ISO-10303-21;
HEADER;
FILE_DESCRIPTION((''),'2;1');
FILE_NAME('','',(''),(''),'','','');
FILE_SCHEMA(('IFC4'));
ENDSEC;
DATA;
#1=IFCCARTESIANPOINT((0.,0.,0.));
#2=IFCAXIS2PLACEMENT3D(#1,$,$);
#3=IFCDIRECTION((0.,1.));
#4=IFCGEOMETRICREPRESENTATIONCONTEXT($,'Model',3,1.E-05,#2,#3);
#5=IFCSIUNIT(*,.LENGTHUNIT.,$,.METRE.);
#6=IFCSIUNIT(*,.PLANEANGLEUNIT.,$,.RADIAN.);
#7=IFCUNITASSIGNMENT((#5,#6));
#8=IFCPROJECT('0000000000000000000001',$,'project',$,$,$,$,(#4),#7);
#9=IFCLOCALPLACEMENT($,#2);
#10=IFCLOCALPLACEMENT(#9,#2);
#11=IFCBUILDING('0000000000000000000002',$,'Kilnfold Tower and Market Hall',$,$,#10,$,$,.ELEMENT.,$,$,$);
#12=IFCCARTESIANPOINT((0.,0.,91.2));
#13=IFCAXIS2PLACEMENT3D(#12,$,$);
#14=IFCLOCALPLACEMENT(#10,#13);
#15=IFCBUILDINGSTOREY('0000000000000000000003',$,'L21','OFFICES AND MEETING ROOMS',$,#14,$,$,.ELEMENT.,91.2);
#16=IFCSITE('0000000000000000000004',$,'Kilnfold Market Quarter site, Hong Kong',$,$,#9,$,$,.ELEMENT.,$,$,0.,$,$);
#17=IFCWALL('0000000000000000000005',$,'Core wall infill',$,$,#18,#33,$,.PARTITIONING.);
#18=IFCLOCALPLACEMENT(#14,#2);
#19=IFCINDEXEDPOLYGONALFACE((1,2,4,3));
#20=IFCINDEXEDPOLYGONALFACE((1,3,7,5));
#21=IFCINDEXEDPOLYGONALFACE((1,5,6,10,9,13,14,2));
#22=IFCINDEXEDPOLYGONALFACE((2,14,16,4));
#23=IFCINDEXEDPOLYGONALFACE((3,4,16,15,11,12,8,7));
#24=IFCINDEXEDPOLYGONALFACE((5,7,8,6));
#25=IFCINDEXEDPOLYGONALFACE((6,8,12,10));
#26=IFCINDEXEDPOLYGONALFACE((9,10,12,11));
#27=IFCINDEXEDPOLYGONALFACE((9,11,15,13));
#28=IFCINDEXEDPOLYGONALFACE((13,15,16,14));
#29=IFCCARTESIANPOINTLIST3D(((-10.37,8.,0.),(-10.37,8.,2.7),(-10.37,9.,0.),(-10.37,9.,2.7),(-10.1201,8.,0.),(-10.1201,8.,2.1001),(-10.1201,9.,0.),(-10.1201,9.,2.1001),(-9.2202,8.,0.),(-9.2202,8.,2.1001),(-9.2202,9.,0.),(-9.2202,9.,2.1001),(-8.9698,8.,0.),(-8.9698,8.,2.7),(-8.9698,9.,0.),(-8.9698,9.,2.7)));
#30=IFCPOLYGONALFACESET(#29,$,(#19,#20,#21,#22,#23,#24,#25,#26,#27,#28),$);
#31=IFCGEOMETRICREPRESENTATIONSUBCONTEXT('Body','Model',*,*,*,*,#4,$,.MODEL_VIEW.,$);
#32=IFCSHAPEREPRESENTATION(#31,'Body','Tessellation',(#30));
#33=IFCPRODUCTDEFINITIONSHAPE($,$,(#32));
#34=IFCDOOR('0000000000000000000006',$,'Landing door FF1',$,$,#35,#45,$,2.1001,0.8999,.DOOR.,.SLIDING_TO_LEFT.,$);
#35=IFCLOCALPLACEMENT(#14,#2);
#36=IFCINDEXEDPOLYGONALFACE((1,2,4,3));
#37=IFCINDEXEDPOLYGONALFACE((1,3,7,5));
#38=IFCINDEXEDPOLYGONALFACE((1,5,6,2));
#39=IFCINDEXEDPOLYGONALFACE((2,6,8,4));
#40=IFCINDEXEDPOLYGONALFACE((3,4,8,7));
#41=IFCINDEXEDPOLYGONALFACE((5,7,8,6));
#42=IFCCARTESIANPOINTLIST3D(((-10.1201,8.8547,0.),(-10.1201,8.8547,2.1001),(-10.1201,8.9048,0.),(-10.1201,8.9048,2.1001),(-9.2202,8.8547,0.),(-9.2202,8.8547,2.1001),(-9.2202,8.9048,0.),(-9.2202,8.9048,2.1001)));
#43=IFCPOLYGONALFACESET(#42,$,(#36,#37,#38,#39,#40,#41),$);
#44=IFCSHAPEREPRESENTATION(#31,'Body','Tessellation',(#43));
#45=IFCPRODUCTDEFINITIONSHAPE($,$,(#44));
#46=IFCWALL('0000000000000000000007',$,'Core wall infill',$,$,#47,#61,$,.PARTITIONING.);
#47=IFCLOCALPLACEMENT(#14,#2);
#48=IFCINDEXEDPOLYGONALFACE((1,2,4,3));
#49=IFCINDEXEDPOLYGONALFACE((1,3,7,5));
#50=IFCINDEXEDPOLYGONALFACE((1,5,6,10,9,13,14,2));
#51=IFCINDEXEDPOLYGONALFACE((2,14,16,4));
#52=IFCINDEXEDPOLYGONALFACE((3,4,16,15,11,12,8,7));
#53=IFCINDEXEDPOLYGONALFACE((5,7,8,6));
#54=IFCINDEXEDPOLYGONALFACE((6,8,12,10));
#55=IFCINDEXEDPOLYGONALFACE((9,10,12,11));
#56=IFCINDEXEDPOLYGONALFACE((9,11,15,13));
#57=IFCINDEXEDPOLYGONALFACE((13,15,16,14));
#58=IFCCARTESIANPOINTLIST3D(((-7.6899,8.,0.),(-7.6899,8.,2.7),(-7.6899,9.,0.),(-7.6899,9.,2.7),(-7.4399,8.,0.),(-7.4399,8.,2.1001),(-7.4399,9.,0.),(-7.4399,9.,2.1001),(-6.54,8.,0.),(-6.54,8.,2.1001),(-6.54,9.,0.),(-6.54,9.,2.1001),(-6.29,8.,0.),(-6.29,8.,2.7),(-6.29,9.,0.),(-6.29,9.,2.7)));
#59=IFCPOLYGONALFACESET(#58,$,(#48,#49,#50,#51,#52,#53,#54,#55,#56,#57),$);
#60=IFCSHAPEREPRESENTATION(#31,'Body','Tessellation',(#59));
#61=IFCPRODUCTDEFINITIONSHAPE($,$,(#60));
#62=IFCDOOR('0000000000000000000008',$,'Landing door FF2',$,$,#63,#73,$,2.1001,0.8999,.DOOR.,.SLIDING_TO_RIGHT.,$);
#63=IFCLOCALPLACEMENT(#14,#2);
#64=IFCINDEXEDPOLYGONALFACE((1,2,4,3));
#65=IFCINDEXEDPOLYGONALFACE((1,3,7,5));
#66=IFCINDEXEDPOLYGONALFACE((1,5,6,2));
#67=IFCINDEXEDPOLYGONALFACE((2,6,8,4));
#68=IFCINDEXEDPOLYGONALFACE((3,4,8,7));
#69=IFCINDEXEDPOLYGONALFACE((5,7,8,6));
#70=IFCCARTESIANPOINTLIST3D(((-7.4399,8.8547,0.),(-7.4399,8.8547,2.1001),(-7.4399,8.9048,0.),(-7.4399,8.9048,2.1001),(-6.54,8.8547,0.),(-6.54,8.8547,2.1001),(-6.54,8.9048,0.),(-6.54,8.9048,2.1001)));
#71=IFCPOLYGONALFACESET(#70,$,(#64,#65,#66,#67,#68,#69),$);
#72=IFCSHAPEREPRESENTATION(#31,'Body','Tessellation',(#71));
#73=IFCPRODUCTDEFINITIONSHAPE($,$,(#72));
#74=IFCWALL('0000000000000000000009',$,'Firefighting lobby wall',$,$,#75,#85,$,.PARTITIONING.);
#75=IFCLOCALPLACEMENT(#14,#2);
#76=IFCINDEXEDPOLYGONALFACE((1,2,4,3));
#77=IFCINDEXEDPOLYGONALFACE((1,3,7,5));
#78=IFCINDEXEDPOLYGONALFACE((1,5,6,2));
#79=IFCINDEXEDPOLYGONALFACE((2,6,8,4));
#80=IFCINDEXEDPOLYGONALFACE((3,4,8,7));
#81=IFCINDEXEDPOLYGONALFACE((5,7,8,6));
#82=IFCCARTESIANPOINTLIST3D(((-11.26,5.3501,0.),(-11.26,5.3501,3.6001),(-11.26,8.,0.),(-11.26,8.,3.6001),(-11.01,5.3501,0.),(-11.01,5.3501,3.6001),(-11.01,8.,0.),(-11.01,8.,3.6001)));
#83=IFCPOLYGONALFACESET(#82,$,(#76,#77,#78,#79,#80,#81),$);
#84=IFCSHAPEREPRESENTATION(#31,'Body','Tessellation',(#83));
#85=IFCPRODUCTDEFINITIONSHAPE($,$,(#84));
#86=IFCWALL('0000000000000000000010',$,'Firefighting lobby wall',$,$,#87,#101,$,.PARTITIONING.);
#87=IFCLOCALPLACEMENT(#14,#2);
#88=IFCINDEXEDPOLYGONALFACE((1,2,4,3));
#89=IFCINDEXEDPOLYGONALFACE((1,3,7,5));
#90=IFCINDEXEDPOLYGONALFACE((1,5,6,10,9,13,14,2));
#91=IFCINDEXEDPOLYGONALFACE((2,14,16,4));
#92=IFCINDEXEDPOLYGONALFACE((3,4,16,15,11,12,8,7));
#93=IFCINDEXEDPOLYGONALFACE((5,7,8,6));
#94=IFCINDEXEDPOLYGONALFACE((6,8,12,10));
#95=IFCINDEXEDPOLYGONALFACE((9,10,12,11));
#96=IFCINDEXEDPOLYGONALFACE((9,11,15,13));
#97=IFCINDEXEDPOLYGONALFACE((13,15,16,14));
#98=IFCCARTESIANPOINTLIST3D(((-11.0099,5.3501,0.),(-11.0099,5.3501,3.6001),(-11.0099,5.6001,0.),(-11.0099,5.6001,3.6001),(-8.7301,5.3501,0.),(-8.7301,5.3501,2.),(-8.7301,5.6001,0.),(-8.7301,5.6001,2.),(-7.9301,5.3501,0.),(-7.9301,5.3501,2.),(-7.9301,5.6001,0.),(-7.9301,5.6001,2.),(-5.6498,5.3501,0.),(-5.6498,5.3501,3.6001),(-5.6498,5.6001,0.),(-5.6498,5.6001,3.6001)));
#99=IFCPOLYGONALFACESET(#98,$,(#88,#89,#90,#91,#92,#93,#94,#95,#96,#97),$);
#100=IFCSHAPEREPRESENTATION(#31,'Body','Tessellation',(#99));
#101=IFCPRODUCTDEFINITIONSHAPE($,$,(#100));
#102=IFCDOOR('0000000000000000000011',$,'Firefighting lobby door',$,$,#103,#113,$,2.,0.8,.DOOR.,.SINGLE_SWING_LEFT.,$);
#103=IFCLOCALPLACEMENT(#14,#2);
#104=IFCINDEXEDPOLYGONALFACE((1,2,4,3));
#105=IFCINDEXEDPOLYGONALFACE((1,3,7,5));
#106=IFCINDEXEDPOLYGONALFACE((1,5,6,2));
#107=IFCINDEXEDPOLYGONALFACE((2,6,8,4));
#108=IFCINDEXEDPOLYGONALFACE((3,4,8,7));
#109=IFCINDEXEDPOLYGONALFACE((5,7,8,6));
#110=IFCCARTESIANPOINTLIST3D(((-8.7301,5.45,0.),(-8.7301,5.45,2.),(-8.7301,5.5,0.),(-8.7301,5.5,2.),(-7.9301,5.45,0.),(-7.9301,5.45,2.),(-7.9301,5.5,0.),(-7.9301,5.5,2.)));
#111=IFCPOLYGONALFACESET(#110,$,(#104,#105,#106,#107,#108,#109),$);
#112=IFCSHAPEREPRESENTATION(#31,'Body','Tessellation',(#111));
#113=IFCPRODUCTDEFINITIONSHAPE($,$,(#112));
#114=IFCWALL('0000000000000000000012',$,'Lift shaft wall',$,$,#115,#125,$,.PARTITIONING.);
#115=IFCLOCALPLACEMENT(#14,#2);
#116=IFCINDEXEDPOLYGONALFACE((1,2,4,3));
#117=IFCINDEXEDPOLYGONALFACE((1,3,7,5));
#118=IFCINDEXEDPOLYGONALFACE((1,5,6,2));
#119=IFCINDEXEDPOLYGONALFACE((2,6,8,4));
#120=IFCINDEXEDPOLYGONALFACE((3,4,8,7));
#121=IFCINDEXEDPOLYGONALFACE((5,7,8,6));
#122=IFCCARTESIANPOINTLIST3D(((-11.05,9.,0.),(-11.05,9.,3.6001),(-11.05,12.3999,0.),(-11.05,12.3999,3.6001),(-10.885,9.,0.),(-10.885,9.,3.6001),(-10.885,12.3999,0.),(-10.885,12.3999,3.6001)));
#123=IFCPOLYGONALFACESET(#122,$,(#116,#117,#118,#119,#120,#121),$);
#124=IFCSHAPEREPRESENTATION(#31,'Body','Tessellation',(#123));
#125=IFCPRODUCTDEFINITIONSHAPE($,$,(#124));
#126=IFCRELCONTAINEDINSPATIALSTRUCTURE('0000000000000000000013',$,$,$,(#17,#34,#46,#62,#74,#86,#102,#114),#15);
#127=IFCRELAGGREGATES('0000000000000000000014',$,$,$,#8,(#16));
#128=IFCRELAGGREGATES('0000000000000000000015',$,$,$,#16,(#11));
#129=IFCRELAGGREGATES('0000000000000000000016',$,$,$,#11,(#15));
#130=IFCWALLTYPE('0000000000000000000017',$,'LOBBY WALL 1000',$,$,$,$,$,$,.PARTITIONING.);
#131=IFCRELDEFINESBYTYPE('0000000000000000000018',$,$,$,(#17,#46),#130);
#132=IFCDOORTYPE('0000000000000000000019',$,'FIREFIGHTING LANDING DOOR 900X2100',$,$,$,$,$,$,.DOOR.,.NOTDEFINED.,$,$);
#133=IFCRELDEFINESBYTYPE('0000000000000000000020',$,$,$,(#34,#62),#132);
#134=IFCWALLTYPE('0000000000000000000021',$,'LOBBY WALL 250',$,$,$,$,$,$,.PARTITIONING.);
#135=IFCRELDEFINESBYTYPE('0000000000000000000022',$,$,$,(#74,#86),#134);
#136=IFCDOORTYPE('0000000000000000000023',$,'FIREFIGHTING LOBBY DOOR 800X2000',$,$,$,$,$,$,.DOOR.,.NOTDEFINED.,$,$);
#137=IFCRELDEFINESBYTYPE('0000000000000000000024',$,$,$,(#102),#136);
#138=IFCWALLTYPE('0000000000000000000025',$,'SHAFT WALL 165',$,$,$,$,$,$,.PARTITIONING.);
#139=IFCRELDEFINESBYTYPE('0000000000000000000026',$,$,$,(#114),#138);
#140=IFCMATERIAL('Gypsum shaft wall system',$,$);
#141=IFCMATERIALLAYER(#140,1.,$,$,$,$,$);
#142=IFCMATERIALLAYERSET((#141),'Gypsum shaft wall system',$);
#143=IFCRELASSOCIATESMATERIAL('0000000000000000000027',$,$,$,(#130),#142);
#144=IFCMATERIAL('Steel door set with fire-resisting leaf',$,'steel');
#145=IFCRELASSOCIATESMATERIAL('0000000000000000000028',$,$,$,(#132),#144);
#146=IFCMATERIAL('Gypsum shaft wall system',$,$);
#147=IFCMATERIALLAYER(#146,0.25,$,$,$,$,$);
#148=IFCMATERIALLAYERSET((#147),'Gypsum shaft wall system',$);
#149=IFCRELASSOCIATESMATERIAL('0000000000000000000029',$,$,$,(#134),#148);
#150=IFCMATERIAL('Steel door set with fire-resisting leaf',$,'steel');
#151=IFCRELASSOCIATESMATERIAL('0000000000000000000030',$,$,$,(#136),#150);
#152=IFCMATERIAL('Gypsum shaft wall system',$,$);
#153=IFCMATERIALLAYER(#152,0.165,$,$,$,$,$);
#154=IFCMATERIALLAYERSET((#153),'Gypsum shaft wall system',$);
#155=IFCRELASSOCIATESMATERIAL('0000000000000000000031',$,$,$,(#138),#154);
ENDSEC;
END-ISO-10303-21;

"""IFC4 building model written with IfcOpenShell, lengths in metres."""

from ifc_helpers import new_model, si_unit, direction, frame, frame_2d, origin, place, context, subcontext, project, spatial, rectangle, extrude, source, transform, mapped, material, layer, layer_set, type_object, element, fill, save


model = new_model("IFC4")

# Units and contexts
model_context = context("Model", 3, precision=1e-05, world=origin(), true_north=direction((0.0, 1.0)))
body_context = subcontext(model_context, "Body", "Model", "MODEL_VIEW")
ifc_project = project(units=[si_unit("LENGTHUNIT", "METRE"), si_unit("PLANEANGLEUNIT", "RADIAN")], contexts=[model_context])

# Site, building, storey
site_placement = place(None, origin())
site = spatial("IfcSite", under=ifc_project, at=site_placement, Name="Kilnfold Market Quarter site, Hong Kong", CompositionType="ELEMENT", RefElevation=0.0)
building_placement = place(site_placement, origin())
building = spatial("IfcBuilding", under=site, at=building_placement, Name="Kilnfold Tower and Market Hall", CompositionType="ELEMENT")
storey_placement = place(building_placement, frame((0.0, 0.0, 91.2)))
storey = spatial("IfcBuildingStorey", under=building, at=storey_placement, Name="L21", Description="OFFICES AND MEETING ROOMS", CompositionType="ELEMENT", Elevation=91.2)

# Walls, openings, doors
ifc_material_1 = material(Name="Gypsum shaft wall system")
ifc_layer_1 = layer(ifc_material_1, 1.0)
ifc_layer_set_1 = layer_set([ifc_layer_1], Name="Gypsum shaft wall system")
wall_type_1 = type_object("IfcWallType", Name="LOBBY WALL 1000", PredefinedType="PARTITIONING", material=ifc_layer_set_1)
shared_shape_1 = source(origin(), body_context, "Body", "SweptSolid", [
    extrude(rectangle(XDim=1.4001, YDim=1.0, at=frame_2d((0.7002, 0.0))), origin(), (0.0, 0.0, 1.0), 2.7),
])
wall_1_placement = place(storey_placement, frame((-10.3701, 8.5, 0.0), z_axis=(0.0, 0.0, 1.0), x_axis=(1.0, 0.0, 0.0)))
wall_1 = element("IfcWall", 1, at=wall_1_placement, inside=storey, type_object=wall_type_1, Name="Core wall infill", PredefinedType="PARTITIONING", context=body_context, shape_type="MappedRepresentation", body=[
    mapped(shared_shape_1, transform((0.0, 0.0, 0.0))),
])
opening_1_placement = place(wall_1_placement, frame((0.25, 0.0, 0.0)))
opening_1 = element("IfcOpeningElement", 2, at=opening_1_placement, cuts=wall_1, PredefinedType="OPENING", context=body_context, shape_type="SweptSolid", body=[
    extrude(rectangle(XDim=0.8999, YDim=2.1001, at=frame_2d((0.45, 1.05))), frame((0.0, 0.51, 0.0), z_axis=(0.0, -1.0, 0.0), x_axis=(1.0, 0.0, 0.0)), (0.0, 0.0, 1.0), 1.02),
])
ifc_material_2 = material(Name="Steel door set with fire-resisting leaf", Category="steel")
door_type_1 = type_object("IfcDoorType", Name="FIREFIGHTING LANDING DOOR 900X2100", OperationType="NOTDEFINED", PredefinedType="DOOR", material=ifc_material_2)
door_1_placement = place(opening_1_placement, origin())
door_1 = element("IfcDoor", 3, at=door_1_placement, inside=storey, type_object=door_type_1, Name="Landing door FF1", OperationType="SLIDING_TO_LEFT", OverallHeight=2.1001, OverallWidth=0.8999, PredefinedType="DOOR", context=body_context, shape_type="SweptSolid", body=[
    extrude(rectangle(XDim=0.8999, YDim=2.1001, at=frame_2d((0.45, 1.05))), frame((0.0, 0.4048, 0.0), z_axis=(0.0, -1.0, 0.0), x_axis=(1.0, 0.0, 0.0)), (0.0, 0.0, 1.0), 0.05),
])
fill(opening_1, door_1)
shared_shape_2 = source(origin(), body_context, "Body", "SweptSolid", [
    extrude(rectangle(XDim=1.3999, YDim=1.0, at=frame_2d((0.7, 0.0))), origin(), (0.0, 0.0, 1.0), 2.7),
])
wall_2_placement = place(storey_placement, frame((-7.6899, 8.5, 0.0), z_axis=(0.0, 0.0, 1.0), x_axis=(1.0, 0.0, 0.0)))
wall_2 = element("IfcWall", 4, at=wall_2_placement, inside=storey, type_object=wall_type_1, Name="Core wall infill", PredefinedType="PARTITIONING", context=body_context, shape_type="MappedRepresentation", body=[
    mapped(shared_shape_2, transform((0.0, 0.0, 0.0))),
])
opening_2_placement = place(wall_2_placement, frame((0.25, 0.0, 0.0)))
opening_2 = element("IfcOpeningElement", 5, at=opening_2_placement, cuts=wall_2, PredefinedType="OPENING", context=body_context, shape_type="SweptSolid", body=[
    extrude(rectangle(XDim=0.8999, YDim=2.1001, at=frame_2d((0.45, 1.05))), frame((0.0, 0.51, 0.0), z_axis=(0.0, -1.0, 0.0), x_axis=(1.0, 0.0, 0.0)), (0.0, 0.0, 1.0), 1.02),
])
door_2_placement = place(opening_2_placement, origin())
door_2 = element("IfcDoor", 6, at=door_2_placement, inside=storey, type_object=door_type_1, Name="Landing door FF2", OperationType="SLIDING_TO_RIGHT", OverallHeight=2.1001, OverallWidth=0.8999, PredefinedType="DOOR", context=body_context, shape_type="SweptSolid", body=[
    extrude(rectangle(XDim=0.8999, YDim=2.1001, at=frame_2d((0.45, 1.05))), frame((0.0, 0.4048, 0.0), z_axis=(0.0, -1.0, 0.0), x_axis=(1.0, 0.0, 0.0)), (0.0, 0.0, 1.0), 0.05),
])
fill(opening_2, door_2)

# Wall
ifc_material_3 = material(Name="Gypsum shaft wall system")
ifc_layer_2 = layer(ifc_material_3, 0.25)
ifc_layer_set_2 = layer_set([ifc_layer_2], Name="Gypsum shaft wall system")
wall_type_2 = type_object("IfcWallType", Name="LOBBY WALL 250", PredefinedType="PARTITIONING", material=ifc_layer_set_2)
shared_shape_3 = source(origin(), body_context, "Body", "SweptSolid", [
    extrude(rectangle(XDim=2.6499, YDim=0.25, at=frame_2d((1.325, 0.0))), origin(), (0.0, 0.0, 1.0), 3.6001),
])
wall_3_placement = place(storey_placement, frame((-11.135, 5.3501, 0.0), z_axis=(0.0, 0.0, 1.0), x_axis=(0.0, 1.0, 0.0)))
element("IfcWall", 7, at=wall_3_placement, inside=storey, type_object=wall_type_2, Name="Firefighting lobby wall", PredefinedType="PARTITIONING", context=body_context, shape_type="MappedRepresentation", body=[
    mapped(shared_shape_3, transform((0.0, 0.0, 0.0))),
])

# Wall, opening, door
shared_shape_4 = source(origin(), body_context, "Body", "SweptSolid", [
    extrude(rectangle(XDim=5.3601, YDim=0.25, at=frame_2d((2.6802, 0.0))), origin(), (0.0, 0.0, 1.0), 3.6001),
])
wall_4_placement = place(storey_placement, frame((-11.01, 5.4751, 0.0), z_axis=(0.0, 0.0, 1.0), x_axis=(1.0, 0.0, 0.0)))
wall_4 = element("IfcWall", 8, at=wall_4_placement, inside=storey, type_object=wall_type_2, Name="Firefighting lobby wall", PredefinedType="PARTITIONING", context=body_context, shape_type="MappedRepresentation", body=[
    mapped(shared_shape_4, transform((0.0, 0.0, 0.0))),
])
opening_3_placement = place(wall_4_placement, frame((2.28, 0.0, 0.0)))
opening_3 = element("IfcOpeningElement", 9, at=opening_3_placement, cuts=wall_4, PredefinedType="OPENING", context=body_context, shape_type="SweptSolid", body=[
    extrude(rectangle(XDim=0.8, YDim=2.0, at=frame_2d((0.3999, 1.0))), frame((0.0, 0.135, 0.0), z_axis=(0.0, -1.0, 0.0), x_axis=(1.0, 0.0, 0.0)), (0.0, 0.0, 1.0), 0.27),
])
ifc_material_4 = material(Name="Steel door set with fire-resisting leaf", Category="steel")
door_type_2 = type_object("IfcDoorType", Name="FIREFIGHTING LOBBY DOOR 800X2000", OperationType="NOTDEFINED", PredefinedType="DOOR", material=ifc_material_4)
door_3_placement = place(opening_3_placement, origin())
door_3 = element("IfcDoor", 10, at=door_3_placement, inside=storey, type_object=door_type_2, Name="Firefighting lobby door", OperationType="SINGLE_SWING_LEFT", OverallHeight=2.0, OverallWidth=0.8, PredefinedType="DOOR", context=body_context, shape_type="SweptSolid", body=[
    extrude(rectangle(XDim=0.8, YDim=2.0, at=frame_2d((0.3999, 1.0))), frame((0.0, 0.0249, 0.0), z_axis=(0.0, -1.0, 0.0), x_axis=(1.0, 0.0, 0.0)), (0.0, 0.0, 1.0), 0.05),
])
fill(opening_3, door_3)

# Wall
ifc_material_5 = material(Name="Gypsum shaft wall system")
ifc_layer_3 = layer(ifc_material_5, 0.165)
ifc_layer_set_3 = layer_set([ifc_layer_3], Name="Gypsum shaft wall system")
wall_type_3 = type_object("IfcWallType", Name="SHAFT WALL 165", PredefinedType="PARTITIONING", material=ifc_layer_set_3)
shared_shape_5 = source(origin(), body_context, "Body", "SweptSolid", [
    extrude(rectangle(XDim=3.3999, YDim=0.165, at=frame_2d((1.7, 0.0))), origin(), (0.0, 0.0, 1.0), 3.6001),
])
wall_5_placement = place(storey_placement, frame((-10.9675, 9.0, 0.0), z_axis=(0.0, 0.0, 1.0), x_axis=(0.0, 1.0, 0.0)))
element("IfcWall", 11, at=wall_5_placement, inside=storey, type_object=wall_type_3, Name="Lift shaft wall", PredefinedType="PARTITIONING", context=body_context, shape_type="MappedRepresentation", body=[
    mapped(shared_shape_5, transform((0.0, 0.0, 0.0))),
])

save(model, "model.ifc")
